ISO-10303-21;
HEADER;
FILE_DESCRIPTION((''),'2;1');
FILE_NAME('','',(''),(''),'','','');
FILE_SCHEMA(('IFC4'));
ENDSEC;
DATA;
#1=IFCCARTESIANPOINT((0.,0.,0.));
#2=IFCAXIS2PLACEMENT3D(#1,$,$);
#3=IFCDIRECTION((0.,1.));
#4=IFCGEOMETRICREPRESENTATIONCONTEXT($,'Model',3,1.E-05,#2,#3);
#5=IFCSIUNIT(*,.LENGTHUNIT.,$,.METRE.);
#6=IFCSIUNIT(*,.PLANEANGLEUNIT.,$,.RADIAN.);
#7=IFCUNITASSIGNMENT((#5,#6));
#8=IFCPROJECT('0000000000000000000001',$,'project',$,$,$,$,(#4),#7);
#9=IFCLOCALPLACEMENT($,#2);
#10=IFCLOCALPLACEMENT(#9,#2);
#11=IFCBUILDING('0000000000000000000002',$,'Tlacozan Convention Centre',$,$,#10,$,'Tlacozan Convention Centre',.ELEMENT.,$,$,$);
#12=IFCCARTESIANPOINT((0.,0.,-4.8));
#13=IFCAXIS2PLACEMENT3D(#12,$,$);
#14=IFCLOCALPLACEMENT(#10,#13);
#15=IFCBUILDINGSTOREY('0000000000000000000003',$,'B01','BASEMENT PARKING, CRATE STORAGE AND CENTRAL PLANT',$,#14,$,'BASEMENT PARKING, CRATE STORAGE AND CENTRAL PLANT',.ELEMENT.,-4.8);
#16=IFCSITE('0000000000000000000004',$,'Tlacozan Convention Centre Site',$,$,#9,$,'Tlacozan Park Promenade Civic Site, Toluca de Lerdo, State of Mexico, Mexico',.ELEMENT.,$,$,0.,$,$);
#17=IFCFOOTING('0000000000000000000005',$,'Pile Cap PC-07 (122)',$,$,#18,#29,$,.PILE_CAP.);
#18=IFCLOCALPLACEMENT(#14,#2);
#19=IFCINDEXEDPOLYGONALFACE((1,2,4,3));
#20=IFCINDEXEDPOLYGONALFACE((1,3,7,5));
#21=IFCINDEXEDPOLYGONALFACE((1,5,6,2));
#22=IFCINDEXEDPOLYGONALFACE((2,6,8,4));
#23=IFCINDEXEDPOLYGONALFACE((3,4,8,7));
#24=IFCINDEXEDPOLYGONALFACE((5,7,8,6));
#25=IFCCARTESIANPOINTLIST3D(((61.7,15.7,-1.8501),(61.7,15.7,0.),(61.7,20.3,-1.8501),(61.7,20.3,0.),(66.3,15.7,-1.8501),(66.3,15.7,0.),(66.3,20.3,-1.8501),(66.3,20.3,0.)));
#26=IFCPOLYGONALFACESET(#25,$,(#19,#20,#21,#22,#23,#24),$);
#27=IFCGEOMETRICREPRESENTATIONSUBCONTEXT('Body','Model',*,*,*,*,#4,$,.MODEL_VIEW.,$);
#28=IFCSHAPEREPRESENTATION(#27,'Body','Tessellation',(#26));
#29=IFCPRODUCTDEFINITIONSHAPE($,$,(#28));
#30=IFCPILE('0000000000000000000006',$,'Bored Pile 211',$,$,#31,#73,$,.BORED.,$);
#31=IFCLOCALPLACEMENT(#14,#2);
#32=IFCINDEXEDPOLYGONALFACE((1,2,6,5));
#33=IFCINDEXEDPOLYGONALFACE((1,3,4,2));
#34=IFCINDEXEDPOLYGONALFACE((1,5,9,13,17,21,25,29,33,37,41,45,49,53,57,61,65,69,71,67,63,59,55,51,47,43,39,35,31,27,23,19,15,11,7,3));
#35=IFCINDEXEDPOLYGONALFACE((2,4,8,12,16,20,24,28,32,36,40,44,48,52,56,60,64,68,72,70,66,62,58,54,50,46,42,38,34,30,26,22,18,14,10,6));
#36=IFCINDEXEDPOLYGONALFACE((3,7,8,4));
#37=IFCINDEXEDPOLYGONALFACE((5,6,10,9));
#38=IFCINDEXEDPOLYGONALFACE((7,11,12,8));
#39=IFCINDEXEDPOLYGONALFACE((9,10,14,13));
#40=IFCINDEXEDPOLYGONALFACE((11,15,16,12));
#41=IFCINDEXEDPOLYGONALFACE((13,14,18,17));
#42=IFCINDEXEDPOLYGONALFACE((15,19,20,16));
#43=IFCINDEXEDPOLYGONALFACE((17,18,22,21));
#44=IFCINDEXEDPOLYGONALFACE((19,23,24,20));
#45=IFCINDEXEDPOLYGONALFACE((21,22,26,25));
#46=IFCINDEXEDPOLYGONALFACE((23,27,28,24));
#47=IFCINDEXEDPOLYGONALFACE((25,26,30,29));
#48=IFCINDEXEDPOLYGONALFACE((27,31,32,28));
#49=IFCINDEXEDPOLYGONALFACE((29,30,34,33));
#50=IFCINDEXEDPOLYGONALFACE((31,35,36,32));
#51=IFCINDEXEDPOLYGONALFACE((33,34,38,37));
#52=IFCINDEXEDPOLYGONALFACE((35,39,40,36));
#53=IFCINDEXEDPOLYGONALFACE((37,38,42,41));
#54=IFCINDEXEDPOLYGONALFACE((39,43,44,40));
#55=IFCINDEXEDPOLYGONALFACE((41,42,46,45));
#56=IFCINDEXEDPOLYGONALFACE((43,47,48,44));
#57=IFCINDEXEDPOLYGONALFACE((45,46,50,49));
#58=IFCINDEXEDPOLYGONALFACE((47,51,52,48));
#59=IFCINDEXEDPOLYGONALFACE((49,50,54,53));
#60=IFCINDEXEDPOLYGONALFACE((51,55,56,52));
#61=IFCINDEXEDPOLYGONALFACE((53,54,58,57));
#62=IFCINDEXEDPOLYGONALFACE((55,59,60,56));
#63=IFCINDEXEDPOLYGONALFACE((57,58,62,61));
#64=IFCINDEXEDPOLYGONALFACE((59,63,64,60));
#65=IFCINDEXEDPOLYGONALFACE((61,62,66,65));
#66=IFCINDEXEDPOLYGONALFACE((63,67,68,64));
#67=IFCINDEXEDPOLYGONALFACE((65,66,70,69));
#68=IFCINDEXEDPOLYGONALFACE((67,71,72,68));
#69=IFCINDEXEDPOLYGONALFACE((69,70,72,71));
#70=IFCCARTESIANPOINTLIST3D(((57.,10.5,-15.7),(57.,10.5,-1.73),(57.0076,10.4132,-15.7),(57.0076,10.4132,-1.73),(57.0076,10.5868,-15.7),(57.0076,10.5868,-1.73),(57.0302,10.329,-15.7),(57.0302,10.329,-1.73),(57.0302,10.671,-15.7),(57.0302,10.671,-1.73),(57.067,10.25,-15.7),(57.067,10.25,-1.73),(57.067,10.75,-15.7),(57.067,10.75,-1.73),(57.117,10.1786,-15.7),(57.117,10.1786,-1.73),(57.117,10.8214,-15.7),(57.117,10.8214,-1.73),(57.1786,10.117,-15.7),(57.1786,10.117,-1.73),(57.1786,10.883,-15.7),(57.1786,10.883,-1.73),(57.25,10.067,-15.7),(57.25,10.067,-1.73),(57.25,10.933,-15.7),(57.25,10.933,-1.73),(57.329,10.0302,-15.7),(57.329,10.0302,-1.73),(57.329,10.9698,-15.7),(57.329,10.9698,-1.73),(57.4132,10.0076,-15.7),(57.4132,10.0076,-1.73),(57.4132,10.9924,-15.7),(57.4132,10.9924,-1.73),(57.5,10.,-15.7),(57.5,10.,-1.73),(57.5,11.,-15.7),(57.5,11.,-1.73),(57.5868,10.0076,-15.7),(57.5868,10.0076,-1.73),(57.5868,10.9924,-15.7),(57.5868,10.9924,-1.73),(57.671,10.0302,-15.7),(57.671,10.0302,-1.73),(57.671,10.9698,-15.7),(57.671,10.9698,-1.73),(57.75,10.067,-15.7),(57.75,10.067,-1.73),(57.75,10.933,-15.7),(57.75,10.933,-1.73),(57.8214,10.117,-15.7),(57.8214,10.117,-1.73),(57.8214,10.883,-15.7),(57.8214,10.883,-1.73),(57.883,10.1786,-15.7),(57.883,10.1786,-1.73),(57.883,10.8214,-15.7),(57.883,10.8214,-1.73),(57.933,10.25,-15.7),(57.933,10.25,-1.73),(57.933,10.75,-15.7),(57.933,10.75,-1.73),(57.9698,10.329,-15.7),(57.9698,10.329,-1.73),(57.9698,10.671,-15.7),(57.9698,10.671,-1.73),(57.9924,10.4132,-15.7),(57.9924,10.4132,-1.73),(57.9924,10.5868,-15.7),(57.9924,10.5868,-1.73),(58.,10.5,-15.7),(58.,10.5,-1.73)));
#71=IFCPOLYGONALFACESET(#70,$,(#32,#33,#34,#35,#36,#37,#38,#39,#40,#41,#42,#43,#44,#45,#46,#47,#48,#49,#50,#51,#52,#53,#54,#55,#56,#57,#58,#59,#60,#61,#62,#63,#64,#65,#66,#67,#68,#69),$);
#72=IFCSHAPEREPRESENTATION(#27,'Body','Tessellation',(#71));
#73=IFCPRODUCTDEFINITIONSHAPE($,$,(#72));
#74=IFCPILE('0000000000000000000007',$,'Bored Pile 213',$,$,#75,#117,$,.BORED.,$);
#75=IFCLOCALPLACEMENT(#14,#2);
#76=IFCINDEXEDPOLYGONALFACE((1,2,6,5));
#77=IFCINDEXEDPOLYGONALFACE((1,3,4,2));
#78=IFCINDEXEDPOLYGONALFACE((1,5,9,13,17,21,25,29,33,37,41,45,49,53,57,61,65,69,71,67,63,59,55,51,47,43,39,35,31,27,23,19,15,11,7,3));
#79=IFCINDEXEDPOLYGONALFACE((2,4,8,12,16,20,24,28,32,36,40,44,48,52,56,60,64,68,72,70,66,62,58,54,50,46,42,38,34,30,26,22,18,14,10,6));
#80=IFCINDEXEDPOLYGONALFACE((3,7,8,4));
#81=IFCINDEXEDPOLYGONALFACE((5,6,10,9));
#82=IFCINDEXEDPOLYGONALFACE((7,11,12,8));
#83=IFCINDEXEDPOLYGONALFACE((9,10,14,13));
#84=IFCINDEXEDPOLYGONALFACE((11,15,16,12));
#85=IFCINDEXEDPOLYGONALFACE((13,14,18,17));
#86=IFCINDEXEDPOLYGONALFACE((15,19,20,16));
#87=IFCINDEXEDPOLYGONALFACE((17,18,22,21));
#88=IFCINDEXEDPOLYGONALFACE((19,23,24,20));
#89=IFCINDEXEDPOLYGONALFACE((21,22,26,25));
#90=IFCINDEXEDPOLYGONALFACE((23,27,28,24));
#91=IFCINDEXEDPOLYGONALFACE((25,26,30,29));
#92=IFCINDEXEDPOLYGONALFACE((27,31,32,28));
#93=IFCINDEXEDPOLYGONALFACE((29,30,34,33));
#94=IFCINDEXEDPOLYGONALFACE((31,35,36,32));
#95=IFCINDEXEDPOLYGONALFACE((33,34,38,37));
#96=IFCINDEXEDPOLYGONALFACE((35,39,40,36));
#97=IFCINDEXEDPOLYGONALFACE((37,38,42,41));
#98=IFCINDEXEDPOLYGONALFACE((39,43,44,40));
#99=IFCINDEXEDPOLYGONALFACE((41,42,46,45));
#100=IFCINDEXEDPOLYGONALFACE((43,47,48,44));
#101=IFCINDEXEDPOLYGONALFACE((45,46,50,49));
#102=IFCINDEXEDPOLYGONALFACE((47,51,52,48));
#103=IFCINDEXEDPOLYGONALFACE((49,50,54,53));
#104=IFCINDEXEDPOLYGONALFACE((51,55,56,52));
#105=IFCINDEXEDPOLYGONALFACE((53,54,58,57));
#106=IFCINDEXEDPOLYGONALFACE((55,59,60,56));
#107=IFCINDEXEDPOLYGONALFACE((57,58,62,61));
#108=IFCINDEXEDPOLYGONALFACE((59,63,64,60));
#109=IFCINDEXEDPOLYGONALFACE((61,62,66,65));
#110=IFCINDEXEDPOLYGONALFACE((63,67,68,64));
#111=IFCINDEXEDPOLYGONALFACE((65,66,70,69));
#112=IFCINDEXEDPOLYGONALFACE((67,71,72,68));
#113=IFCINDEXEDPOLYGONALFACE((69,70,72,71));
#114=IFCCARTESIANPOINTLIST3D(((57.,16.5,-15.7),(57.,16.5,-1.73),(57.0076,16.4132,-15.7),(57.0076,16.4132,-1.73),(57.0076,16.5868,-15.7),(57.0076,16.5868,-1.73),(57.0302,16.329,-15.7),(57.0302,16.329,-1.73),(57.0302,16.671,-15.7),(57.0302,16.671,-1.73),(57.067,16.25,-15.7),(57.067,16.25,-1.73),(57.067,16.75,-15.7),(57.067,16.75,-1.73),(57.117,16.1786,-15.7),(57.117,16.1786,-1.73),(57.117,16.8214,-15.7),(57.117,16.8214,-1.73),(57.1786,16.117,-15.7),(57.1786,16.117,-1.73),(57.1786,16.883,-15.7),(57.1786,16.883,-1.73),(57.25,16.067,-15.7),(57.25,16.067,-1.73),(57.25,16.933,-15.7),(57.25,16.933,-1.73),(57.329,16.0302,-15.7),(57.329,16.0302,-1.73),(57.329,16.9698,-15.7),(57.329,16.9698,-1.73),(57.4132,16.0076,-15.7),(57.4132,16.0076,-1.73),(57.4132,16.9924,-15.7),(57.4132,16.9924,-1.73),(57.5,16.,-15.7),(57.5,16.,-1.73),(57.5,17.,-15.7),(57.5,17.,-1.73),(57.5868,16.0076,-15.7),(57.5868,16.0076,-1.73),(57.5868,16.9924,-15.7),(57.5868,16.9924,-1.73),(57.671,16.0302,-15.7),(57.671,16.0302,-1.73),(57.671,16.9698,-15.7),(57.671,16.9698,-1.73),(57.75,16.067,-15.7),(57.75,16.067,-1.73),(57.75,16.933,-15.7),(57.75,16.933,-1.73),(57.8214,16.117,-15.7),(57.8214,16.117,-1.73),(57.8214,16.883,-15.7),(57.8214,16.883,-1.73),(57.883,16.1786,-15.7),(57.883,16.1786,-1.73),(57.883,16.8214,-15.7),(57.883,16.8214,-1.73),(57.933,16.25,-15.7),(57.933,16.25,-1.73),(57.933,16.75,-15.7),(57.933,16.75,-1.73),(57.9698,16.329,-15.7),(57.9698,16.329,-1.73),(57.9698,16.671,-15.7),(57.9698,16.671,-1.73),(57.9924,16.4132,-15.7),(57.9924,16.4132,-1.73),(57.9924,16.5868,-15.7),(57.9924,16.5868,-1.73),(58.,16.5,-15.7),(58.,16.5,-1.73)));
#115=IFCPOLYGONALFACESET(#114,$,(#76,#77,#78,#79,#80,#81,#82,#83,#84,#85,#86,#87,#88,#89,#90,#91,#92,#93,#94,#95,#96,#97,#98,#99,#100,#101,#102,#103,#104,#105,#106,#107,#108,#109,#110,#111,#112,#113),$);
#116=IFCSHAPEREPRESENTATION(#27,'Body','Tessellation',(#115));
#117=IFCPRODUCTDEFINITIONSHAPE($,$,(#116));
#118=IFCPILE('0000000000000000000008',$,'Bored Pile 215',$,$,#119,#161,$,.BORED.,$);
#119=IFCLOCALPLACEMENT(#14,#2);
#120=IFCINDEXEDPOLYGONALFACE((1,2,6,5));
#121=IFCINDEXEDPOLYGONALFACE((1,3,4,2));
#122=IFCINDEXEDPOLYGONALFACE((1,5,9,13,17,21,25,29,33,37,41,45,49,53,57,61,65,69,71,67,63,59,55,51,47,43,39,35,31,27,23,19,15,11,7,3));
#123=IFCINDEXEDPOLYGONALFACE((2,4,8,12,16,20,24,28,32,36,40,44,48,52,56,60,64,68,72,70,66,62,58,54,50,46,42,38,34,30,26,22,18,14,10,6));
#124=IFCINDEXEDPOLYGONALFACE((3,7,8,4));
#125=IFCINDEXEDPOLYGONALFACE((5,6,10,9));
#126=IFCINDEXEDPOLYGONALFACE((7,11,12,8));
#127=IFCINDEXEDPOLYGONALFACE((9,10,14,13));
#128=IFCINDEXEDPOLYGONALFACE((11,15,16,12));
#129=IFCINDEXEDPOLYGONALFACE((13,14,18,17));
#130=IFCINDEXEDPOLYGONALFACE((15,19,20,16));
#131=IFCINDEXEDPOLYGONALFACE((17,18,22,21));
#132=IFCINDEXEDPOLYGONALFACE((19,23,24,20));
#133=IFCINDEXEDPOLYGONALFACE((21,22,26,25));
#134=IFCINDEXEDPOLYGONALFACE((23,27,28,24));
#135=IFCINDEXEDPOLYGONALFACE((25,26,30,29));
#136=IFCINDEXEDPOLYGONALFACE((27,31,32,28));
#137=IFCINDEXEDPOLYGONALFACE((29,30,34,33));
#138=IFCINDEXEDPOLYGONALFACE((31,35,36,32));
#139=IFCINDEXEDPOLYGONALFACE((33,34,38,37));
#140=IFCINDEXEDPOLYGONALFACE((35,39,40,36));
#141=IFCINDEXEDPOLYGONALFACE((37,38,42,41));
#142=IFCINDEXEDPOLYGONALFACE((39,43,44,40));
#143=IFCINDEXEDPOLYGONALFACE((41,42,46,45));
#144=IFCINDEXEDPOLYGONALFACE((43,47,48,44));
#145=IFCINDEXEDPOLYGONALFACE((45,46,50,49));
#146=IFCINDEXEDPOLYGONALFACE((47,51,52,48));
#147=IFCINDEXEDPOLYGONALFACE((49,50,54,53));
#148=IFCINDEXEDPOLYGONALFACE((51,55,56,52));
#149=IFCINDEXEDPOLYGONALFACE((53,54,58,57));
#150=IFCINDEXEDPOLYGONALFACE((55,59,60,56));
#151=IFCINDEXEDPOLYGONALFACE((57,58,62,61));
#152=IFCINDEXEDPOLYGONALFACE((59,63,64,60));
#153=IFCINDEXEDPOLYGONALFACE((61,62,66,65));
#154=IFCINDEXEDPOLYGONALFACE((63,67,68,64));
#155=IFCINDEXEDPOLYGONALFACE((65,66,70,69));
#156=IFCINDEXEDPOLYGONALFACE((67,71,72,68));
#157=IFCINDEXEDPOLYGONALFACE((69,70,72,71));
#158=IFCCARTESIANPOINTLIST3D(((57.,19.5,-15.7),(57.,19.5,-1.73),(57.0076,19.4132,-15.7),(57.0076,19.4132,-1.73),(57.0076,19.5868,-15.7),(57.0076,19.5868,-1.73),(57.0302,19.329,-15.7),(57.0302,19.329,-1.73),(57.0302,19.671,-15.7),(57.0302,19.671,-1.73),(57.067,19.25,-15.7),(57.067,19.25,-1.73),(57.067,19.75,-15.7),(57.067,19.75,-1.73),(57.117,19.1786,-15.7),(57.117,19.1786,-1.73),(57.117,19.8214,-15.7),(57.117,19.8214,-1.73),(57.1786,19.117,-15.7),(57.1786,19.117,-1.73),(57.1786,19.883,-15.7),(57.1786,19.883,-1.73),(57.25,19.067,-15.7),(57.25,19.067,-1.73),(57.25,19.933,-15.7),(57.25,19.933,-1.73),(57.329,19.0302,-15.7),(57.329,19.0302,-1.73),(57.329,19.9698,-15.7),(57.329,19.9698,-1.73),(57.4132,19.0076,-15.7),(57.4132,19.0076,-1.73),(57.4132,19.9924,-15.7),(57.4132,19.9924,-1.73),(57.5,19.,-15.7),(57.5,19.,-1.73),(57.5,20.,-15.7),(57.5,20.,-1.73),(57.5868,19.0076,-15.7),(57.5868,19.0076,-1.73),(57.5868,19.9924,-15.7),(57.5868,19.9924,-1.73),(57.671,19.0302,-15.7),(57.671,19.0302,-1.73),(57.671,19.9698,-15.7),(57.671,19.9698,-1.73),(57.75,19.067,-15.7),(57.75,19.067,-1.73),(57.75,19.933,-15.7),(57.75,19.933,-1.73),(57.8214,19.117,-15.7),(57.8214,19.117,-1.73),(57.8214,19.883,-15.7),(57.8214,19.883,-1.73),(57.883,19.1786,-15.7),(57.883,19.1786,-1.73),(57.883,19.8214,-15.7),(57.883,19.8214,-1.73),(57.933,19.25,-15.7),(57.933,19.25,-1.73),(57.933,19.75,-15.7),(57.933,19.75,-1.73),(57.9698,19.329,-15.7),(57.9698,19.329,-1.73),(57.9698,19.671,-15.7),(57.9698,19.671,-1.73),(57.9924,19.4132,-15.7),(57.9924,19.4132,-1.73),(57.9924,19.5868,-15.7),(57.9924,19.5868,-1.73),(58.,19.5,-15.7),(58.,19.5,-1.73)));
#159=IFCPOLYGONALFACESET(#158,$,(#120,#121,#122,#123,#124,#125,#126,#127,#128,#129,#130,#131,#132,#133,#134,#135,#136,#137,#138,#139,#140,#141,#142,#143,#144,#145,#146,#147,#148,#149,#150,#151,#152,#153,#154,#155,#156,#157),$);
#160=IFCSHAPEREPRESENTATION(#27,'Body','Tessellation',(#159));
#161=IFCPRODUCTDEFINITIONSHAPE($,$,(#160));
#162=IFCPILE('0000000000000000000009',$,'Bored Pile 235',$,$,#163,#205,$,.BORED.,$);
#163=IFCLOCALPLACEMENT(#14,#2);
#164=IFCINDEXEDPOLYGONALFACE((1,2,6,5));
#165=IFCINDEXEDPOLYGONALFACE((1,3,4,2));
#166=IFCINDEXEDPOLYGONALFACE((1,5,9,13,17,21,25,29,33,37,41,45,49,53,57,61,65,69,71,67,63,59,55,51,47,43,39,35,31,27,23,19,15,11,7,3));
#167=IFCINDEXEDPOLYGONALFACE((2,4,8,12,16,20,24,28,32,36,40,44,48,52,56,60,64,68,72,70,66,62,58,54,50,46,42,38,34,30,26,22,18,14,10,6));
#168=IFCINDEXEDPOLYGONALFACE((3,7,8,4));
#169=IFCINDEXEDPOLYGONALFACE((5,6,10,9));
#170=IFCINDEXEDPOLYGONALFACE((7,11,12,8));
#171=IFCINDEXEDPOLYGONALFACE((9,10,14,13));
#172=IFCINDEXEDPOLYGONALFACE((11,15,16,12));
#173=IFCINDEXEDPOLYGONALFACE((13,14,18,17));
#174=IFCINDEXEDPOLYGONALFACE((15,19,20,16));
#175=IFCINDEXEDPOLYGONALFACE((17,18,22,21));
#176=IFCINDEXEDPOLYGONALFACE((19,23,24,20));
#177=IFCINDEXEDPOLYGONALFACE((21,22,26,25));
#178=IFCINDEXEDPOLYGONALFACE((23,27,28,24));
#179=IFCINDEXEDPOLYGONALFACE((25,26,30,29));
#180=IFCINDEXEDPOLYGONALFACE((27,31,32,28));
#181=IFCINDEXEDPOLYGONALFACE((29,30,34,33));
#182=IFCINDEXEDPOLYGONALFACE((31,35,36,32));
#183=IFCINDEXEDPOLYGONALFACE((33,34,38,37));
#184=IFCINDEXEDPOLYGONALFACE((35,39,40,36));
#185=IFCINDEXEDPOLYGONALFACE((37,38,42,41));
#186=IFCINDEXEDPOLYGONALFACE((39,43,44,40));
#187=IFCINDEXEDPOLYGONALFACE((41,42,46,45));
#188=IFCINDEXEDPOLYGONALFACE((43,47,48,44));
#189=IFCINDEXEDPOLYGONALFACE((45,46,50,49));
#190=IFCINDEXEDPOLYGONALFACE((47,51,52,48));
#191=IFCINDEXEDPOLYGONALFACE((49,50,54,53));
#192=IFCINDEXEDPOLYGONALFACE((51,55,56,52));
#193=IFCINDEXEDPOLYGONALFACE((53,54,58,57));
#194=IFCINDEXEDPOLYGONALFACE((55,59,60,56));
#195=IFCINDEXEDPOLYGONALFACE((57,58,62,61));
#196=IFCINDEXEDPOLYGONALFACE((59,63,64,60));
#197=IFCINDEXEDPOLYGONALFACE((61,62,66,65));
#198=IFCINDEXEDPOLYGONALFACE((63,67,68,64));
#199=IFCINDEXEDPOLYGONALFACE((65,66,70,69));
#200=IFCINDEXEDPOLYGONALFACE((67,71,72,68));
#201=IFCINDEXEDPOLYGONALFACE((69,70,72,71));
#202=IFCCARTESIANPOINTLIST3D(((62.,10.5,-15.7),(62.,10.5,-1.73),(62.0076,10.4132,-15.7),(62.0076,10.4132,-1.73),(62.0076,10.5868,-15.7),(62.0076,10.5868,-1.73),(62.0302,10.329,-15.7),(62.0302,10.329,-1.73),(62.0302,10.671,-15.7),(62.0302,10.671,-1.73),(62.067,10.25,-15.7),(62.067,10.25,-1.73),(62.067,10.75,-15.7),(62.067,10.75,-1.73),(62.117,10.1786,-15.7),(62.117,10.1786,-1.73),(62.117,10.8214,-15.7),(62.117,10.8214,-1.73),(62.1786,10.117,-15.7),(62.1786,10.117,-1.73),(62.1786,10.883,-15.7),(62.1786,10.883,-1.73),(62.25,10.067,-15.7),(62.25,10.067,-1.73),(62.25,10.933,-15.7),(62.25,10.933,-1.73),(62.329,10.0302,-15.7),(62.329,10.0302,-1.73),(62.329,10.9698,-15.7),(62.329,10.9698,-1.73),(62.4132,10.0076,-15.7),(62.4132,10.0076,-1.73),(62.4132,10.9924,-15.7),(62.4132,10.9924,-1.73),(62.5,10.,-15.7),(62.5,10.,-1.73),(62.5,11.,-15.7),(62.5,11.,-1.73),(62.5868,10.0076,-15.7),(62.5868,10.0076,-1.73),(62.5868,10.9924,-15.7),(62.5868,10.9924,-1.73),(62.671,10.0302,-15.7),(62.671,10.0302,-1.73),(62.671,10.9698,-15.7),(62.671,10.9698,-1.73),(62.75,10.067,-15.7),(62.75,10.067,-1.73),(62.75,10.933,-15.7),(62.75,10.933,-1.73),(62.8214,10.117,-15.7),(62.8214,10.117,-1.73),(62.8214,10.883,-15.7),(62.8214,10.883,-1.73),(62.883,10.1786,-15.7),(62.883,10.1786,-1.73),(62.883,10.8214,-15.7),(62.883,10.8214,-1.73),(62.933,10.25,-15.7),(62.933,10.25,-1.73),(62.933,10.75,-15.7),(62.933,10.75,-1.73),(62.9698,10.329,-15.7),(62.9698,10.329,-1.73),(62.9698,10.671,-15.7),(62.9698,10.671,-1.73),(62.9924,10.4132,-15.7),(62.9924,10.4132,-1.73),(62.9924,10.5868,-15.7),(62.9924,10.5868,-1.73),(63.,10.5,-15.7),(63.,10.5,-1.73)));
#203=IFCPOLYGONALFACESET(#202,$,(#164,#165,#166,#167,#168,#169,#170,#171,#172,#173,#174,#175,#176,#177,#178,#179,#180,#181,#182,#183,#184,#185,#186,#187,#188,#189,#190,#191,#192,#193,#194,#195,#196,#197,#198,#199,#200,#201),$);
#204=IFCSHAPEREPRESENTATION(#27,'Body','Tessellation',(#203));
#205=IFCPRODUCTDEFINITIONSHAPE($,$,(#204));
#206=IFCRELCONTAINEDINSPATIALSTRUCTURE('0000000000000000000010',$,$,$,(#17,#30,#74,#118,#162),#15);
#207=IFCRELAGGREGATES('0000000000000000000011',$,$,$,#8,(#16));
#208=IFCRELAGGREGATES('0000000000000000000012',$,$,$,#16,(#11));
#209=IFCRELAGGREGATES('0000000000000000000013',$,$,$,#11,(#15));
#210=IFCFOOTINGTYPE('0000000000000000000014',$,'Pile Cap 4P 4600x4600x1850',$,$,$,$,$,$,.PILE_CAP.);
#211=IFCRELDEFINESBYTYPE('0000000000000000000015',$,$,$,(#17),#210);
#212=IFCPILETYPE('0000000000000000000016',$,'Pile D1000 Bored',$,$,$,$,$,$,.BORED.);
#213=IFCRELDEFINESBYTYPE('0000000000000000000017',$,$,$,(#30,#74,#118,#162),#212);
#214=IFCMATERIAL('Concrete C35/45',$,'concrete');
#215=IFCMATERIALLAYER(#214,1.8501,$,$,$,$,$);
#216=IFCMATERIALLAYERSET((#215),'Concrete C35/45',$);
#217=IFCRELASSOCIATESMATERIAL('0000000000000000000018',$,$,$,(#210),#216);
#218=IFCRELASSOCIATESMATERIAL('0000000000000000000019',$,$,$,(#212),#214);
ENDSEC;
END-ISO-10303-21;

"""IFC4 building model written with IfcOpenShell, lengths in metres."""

from ifc_helpers import new_model, si_unit, direction, frame, origin, origin_2d, place, context, subcontext, project, spatial, rectangle, circle, extrude, material, layer, layer_set, material_profile, profile_set, type_object, element, save


model = new_model("IFC4")

# Units and contexts
model_context = context("Model", 3, precision=1e-05, world=origin(), true_north=direction((0.0, 1.0)))
body_context = subcontext(model_context, "Body", "Model", "MODEL_VIEW")
ifc_project = project(units=[si_unit("LENGTHUNIT", "METRE"), si_unit("PLANEANGLEUNIT", "RADIAN")], contexts=[model_context])

# Site, building, storey
site_placement = place(None, origin())
site = spatial("IfcSite", under=ifc_project, at=site_placement, Name="Tlacozan Convention Centre Site", LongName="Tlacozan Park Promenade Civic Site, Toluca de Lerdo, State of Mexico, Mexico", CompositionType="ELEMENT", RefElevation=0.0)
building_placement = place(site_placement, origin())
building = spatial("IfcBuilding", under=site, at=building_placement, Name="Tlacozan Convention Centre", LongName="Tlacozan Convention Centre", CompositionType="ELEMENT")
storey_placement = place(building_placement, frame((0.0, 0.0, -4.8)))
storey = spatial("IfcBuildingStorey", under=building, at=storey_placement, Name="B01", Description="BASEMENT PARKING, CRATE STORAGE AND CENTRAL PLANT", LongName="BASEMENT PARKING, CRATE STORAGE AND CENTRAL PLANT", CompositionType="ELEMENT", Elevation=-4.8)

# Footing
ifc_material_1 = material(Name="Concrete C35/45", Category="concrete")
ifc_layer_1 = layer(ifc_material_1, 1.8501)
ifc_layer_set_1 = layer_set([ifc_layer_1], Name="Concrete C35/45")
footing_type = type_object("IfcFootingType", Name="Pile Cap 4P 4600x4600x1850", PredefinedType="PILE_CAP", material=ifc_layer_set_1)
footing_placement = place(storey_placement, frame((64.0, 18.0, -1.8501), z_axis=(0.0, 0.0, 1.0), x_axis=(1.0, 0.0, 0.0)))
element("IfcFooting", 1, at=footing_placement, inside=storey, type_object=footing_type, Name="Pile Cap PC-07 (122)", PredefinedType="PILE_CAP", context=body_context, shape_type="SweptSolid", body=[
    extrude(rectangle(XDim=4.6001, YDim=4.6001, at=origin_2d()), origin(), (0.0, 0.0, 1.0), 1.8501),
])

# Piles
ifc_material_profile_1 = material_profile(ifc_material_1, circle(Radius=0.5, at=origin_2d()), Name="PILE D1000")
ifc_profile_set_1 = profile_set([ifc_material_profile_1], Name="Concrete C35/45")
pile_type = type_object("IfcPileType", Name="Pile D1000 Bored", PredefinedType="BORED", material=ifc_profile_set_1)
for number, where, z_axis, x_axis, name in (
    (2, (57.5, 10.5, -1.73), (0.0, 0.0, -1.0), (1.0, 0.0, 0.0), "Bored Pile 211"),
    (3, (57.5, 16.5, -1.73), (0.0, 0.0, -1.0), (1.0, 0.0, 0.0), "Bored Pile 213"),
    (4, (57.5, 19.5, -1.73), (0.0, 0.0, -1.0), (1.0, 0.0, 0.0), "Bored Pile 215"),
    (5, (62.5, 10.5, -1.73), (0.0, 0.0, -1.0), (1.0, 0.0, 0.0), "Bored Pile 235"),
):
    element("IfcPile", number, at=place(storey_placement, frame(where, z_axis=z_axis, x_axis=x_axis)), inside=storey, type_object=pile_type, Name=name, PredefinedType="BORED", context=body_context, shape_type="SweptSolid", body=[
        extrude(circle(Radius=0.5, at=origin_2d()), origin(), (0.0, 0.0, 1.0), 13.97),
    ])

save(model, "model.ifc")
